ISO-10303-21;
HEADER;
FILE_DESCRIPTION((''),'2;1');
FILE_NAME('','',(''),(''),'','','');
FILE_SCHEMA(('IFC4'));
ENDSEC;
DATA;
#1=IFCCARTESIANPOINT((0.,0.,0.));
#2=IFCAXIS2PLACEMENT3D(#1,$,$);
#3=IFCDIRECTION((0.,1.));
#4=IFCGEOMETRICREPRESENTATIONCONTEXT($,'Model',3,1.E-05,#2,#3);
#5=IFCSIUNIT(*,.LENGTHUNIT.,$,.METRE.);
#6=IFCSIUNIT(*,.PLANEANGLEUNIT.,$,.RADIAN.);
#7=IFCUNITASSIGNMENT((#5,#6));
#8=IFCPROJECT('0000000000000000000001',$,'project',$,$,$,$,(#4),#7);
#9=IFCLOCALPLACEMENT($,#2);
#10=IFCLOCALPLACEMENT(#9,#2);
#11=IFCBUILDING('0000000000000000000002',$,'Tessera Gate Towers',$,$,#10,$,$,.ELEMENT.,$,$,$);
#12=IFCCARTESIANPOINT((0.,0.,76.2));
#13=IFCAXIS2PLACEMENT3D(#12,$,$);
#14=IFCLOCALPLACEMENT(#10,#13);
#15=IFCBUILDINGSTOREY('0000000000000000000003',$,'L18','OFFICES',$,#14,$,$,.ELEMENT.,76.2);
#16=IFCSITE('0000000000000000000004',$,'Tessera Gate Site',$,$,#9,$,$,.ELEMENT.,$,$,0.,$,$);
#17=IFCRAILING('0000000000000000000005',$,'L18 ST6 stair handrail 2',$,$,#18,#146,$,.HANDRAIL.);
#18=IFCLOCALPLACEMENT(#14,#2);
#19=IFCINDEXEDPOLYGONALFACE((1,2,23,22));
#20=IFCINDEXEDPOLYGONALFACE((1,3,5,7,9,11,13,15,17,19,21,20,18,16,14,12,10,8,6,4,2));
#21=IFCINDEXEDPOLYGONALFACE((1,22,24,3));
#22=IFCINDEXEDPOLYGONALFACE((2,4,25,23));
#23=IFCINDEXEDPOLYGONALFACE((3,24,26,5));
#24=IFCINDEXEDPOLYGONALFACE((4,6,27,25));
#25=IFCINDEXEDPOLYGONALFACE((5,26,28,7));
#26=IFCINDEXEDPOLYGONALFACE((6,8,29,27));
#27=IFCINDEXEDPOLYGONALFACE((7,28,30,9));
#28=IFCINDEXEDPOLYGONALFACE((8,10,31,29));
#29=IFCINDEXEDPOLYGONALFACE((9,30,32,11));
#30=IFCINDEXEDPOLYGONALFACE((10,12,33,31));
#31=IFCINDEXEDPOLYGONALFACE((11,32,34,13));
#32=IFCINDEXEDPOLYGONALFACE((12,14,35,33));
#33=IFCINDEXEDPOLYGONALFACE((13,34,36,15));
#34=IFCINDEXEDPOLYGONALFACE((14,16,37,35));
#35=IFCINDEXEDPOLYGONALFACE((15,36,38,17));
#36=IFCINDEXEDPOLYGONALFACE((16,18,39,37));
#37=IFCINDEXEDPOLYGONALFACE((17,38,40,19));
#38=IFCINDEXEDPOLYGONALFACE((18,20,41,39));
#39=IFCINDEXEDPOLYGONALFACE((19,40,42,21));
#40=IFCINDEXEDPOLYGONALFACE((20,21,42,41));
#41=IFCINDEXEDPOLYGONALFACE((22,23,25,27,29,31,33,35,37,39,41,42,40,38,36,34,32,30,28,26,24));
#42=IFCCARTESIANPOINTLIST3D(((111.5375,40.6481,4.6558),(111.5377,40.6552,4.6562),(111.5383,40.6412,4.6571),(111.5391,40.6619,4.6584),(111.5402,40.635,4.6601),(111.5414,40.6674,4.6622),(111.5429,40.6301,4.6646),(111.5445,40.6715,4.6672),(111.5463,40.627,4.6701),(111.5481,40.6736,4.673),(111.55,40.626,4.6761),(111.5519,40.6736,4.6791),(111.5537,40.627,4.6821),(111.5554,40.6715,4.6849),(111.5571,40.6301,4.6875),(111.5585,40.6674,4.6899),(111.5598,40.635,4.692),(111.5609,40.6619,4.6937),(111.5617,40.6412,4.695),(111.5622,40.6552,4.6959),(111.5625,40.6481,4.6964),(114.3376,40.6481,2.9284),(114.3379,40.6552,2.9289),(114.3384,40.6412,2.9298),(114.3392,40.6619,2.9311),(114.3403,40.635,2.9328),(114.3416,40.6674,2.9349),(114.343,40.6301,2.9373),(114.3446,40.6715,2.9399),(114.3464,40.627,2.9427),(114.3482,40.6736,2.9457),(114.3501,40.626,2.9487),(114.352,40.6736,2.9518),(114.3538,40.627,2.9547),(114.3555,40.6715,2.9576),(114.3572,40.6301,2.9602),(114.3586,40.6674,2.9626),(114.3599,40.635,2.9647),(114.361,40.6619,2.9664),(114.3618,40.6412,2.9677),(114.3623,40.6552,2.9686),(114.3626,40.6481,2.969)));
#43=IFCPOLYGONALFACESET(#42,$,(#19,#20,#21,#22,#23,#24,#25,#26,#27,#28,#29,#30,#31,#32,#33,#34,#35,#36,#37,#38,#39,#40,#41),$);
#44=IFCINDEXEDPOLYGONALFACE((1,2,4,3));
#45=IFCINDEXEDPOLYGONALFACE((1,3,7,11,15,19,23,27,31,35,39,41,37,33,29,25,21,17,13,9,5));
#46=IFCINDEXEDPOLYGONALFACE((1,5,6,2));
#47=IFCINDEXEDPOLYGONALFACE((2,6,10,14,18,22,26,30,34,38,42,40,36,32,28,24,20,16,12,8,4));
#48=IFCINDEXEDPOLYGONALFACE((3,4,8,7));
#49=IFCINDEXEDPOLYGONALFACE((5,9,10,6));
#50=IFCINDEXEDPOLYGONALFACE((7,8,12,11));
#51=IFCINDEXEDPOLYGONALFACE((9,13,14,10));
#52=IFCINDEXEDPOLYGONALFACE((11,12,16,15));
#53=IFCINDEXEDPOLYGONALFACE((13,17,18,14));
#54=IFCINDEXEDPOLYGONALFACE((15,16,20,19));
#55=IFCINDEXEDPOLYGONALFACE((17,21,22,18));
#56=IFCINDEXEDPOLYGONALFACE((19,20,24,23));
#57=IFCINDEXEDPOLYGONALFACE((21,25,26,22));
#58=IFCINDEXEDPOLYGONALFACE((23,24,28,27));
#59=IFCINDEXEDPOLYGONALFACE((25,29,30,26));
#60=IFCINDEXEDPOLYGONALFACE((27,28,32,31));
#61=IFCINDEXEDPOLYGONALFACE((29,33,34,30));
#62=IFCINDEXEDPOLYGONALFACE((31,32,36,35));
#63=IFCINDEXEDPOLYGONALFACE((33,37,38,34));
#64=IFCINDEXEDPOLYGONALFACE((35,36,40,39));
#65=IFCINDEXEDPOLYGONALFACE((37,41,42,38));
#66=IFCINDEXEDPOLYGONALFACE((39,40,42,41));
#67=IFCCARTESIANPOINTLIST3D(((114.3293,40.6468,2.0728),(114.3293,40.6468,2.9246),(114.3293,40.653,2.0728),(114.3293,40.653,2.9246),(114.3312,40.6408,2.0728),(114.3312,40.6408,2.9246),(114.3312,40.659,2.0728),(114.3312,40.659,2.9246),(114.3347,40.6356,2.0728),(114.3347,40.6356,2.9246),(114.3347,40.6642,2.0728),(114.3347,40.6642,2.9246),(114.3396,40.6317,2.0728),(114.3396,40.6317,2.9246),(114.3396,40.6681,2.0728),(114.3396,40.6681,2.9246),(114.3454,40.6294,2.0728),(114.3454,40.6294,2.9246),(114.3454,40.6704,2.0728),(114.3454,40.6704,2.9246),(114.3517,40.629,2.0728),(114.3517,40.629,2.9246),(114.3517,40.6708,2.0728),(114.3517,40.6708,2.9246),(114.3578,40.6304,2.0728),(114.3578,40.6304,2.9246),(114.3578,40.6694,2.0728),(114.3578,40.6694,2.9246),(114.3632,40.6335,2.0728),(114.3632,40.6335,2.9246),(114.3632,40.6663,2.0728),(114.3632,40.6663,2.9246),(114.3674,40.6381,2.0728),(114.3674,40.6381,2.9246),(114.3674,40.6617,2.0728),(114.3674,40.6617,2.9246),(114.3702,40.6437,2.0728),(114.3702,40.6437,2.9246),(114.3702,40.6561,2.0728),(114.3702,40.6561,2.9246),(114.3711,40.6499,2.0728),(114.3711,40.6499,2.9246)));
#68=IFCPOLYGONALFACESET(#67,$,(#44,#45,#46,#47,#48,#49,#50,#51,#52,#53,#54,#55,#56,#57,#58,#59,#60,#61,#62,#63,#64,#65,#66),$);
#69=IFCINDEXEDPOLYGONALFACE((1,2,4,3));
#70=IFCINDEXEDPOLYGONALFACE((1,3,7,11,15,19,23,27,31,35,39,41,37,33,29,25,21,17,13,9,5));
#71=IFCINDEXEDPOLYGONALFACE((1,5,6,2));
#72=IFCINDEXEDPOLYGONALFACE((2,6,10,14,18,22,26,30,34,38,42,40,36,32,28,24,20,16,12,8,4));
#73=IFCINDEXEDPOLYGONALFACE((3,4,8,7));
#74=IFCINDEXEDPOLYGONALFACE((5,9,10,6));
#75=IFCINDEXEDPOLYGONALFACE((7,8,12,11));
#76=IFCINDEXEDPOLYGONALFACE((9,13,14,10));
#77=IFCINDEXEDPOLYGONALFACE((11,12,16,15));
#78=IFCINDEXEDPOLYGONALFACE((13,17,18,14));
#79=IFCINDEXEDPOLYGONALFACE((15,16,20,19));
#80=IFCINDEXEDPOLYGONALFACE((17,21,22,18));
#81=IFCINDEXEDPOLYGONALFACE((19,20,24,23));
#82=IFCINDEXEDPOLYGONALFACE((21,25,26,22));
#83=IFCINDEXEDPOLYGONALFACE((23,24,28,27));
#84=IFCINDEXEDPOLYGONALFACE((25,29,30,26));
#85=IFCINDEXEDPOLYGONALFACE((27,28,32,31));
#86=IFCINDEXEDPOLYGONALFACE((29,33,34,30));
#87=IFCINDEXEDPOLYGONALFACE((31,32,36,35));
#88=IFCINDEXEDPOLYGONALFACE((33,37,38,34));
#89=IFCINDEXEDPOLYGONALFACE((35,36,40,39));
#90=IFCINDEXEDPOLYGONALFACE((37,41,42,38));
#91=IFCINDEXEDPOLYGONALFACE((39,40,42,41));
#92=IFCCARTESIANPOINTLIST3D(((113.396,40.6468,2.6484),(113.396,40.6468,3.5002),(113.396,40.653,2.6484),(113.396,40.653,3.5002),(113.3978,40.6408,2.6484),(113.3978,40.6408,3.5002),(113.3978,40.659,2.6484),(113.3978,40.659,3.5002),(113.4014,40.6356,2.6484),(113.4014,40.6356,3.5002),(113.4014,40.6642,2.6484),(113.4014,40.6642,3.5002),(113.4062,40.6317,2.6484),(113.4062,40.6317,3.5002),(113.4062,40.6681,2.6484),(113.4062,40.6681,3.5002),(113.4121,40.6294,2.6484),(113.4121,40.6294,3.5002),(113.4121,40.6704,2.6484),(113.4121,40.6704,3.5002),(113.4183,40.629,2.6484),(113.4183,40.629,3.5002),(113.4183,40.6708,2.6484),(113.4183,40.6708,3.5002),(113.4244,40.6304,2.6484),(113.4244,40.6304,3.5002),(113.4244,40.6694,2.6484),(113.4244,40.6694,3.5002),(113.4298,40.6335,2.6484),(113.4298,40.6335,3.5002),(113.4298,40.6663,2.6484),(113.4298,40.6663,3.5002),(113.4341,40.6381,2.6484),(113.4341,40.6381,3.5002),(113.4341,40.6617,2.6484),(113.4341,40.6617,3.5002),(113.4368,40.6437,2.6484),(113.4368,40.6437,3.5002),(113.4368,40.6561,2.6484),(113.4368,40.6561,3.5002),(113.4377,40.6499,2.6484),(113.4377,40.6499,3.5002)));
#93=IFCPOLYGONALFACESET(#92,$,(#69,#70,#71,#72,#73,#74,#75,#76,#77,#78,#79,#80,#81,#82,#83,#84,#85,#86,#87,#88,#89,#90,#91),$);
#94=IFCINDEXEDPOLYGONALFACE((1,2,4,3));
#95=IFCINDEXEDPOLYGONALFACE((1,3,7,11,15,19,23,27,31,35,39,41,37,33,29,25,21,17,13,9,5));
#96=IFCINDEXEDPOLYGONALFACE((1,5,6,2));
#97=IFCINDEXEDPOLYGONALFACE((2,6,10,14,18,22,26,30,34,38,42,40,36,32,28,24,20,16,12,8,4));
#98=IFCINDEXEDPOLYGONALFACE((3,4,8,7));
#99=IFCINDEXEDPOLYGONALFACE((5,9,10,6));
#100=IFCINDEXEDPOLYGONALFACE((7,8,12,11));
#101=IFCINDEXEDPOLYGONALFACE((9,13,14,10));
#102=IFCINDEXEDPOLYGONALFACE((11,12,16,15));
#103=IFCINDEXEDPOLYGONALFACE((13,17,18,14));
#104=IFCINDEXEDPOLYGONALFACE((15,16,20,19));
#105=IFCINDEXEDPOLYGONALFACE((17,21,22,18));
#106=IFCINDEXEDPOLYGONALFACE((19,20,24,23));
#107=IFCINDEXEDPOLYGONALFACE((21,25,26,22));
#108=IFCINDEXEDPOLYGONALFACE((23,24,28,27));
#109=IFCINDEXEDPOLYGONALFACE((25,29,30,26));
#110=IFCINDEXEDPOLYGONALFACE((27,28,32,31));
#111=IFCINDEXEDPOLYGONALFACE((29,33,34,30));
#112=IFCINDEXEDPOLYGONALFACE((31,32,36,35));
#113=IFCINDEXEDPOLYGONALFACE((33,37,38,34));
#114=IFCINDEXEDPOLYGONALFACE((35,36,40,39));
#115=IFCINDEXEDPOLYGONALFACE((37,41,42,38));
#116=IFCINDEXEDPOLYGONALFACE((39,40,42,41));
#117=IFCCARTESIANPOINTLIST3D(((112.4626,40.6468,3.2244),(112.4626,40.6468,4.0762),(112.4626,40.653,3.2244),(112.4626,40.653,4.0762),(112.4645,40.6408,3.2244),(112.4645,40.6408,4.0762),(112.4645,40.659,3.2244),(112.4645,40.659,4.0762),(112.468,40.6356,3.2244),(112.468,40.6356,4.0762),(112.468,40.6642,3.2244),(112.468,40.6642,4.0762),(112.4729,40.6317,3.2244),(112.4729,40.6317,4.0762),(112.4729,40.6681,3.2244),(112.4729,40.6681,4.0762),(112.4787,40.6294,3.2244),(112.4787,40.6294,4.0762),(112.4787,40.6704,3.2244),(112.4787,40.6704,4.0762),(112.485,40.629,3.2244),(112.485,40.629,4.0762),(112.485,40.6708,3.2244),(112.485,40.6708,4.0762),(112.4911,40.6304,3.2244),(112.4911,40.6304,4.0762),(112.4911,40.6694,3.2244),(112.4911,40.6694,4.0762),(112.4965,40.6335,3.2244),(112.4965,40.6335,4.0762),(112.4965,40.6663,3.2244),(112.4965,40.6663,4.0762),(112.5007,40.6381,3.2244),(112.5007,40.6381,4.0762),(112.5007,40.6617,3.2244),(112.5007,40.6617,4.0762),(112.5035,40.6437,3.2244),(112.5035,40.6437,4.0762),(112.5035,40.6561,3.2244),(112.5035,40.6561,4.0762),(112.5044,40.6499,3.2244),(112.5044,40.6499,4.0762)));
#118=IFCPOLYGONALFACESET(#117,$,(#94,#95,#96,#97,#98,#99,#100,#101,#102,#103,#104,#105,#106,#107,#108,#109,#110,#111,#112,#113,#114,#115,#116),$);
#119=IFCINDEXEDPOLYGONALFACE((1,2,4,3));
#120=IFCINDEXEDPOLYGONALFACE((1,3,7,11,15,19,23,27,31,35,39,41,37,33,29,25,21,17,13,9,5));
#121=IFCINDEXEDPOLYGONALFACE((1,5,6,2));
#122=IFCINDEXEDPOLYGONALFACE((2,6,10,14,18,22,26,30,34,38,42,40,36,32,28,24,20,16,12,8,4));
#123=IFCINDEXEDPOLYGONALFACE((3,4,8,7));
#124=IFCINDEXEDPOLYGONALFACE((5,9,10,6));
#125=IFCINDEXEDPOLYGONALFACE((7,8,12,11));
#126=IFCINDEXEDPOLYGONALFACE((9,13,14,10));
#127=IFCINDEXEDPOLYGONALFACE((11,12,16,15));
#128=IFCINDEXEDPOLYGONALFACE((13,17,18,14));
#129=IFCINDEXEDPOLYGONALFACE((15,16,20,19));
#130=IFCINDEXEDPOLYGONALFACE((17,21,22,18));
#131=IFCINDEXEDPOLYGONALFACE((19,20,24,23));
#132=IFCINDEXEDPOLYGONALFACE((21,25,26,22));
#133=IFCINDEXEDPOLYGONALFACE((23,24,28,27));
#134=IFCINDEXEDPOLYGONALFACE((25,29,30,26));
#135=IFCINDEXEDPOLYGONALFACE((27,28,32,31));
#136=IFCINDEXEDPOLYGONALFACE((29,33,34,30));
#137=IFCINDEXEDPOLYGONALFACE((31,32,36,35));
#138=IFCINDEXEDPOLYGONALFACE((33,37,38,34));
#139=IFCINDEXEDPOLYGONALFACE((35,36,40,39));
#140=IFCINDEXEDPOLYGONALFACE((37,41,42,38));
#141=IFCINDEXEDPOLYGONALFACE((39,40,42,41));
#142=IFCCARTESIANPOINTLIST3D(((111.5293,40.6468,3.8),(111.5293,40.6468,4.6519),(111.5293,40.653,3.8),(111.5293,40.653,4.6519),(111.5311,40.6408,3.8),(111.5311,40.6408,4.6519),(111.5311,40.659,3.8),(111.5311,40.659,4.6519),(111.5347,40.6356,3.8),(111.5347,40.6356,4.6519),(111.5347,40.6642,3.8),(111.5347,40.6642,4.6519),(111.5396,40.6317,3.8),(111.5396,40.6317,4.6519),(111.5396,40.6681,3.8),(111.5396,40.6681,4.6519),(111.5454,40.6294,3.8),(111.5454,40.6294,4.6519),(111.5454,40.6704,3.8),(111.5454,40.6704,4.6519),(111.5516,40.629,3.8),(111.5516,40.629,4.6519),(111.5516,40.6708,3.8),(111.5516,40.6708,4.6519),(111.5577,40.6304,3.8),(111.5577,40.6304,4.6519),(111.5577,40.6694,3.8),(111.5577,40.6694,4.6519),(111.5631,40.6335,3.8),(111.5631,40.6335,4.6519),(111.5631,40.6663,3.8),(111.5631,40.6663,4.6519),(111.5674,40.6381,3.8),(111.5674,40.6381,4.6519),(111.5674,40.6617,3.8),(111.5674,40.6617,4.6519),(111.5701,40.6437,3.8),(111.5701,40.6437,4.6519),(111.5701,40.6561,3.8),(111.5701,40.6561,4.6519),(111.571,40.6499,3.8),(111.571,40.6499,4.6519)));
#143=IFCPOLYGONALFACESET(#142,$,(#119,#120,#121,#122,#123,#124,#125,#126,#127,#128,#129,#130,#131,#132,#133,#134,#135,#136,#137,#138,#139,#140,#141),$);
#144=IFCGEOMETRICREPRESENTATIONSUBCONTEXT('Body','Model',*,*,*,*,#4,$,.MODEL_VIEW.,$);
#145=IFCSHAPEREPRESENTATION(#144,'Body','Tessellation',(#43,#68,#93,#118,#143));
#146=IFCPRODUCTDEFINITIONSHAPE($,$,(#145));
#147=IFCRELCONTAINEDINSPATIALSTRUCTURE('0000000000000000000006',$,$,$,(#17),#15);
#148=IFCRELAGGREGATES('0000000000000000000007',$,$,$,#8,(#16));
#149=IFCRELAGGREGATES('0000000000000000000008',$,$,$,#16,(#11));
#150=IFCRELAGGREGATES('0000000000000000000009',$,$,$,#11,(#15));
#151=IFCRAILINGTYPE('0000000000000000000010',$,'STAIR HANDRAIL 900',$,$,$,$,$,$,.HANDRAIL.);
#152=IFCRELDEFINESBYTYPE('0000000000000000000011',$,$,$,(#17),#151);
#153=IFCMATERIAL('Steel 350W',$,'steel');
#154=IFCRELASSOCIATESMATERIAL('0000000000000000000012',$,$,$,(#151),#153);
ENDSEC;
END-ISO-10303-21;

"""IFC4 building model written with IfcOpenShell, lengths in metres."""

from ifc_helpers import new_model, si_unit, direction, frame, origin, origin_2d, place, context, subcontext, project, spatial, circle, extrude, material, type_object, element, save


model = new_model("IFC4")

# Units and contexts
model_context = context("Model", 3, precision=1e-05, world=origin(), true_north=direction((0.0, 1.0)))
body_context = subcontext(model_context, "Body", "Model", "MODEL_VIEW")
ifc_project = project(units=[si_unit("LENGTHUNIT", "METRE"), si_unit("PLANEANGLEUNIT", "RADIAN")], contexts=[model_context])

# Site, building, storey
site_placement = place(None, origin())
site = spatial("IfcSite", under=ifc_project, at=site_placement, Name="Tessera Gate Site", CompositionType="ELEMENT", RefElevation=0.0)
building_placement = place(site_placement, origin())
building = spatial("IfcBuilding", under=site, at=building_placement, Name="Tessera Gate Towers", CompositionType="ELEMENT")
storey_placement = place(building_placement, frame((0.0, 0.0, 76.2)))
storey = spatial("IfcBuildingStorey", under=building, at=storey_placement, Name="L18", Description="OFFICES", CompositionType="ELEMENT", Elevation=76.2)

# Railing
ifc_material_1 = material(Name="Steel 350W", Category="steel")
railing_type = type_object("IfcRailingType", Name="STAIR HANDRAIL 900", PredefinedType="HANDRAIL", material=ifc_material_1)
railing_placement = place(storey_placement, frame((114.3501, 40.6499, 2.0728)))
element("IfcRailing", 1, at=railing_placement, inside=storey, type_object=railing_type, Name="L18 ST6 stair handrail 2", PredefinedType="HANDRAIL", context=body_context, shape_type="SweptSolid", body=[
    extrude(circle(Radius=0.0239, at=origin_2d()), frame((0.0, 0.0, 0.876), z_axis=(-0.85109, 0.0, 0.52502), x_axis=(0.0, -1.0, 0.0)), (0.0, 0.0, 1.0), 3.29),
    extrude(circle(Radius=0.021, at=origin_2d()), origin(), (0.0, 0.0, 1.0), 0.8518),
    extrude(circle(Radius=0.021, at=origin_2d()), frame((-0.9333, 0.0, 0.5757)), (0.0, 0.0, 1.0), 0.8518),
    extrude(circle(Radius=0.021, at=origin_2d()), frame((-1.8667, 0.0, 1.1516)), (0.0, 0.0, 1.0), 0.8518),
    extrude(circle(Radius=0.021, at=origin_2d()), frame((-2.8, 0.0, 1.7273)), (0.0, 0.0, 1.0), 0.8518),
])

save(model, "model.ifc")
